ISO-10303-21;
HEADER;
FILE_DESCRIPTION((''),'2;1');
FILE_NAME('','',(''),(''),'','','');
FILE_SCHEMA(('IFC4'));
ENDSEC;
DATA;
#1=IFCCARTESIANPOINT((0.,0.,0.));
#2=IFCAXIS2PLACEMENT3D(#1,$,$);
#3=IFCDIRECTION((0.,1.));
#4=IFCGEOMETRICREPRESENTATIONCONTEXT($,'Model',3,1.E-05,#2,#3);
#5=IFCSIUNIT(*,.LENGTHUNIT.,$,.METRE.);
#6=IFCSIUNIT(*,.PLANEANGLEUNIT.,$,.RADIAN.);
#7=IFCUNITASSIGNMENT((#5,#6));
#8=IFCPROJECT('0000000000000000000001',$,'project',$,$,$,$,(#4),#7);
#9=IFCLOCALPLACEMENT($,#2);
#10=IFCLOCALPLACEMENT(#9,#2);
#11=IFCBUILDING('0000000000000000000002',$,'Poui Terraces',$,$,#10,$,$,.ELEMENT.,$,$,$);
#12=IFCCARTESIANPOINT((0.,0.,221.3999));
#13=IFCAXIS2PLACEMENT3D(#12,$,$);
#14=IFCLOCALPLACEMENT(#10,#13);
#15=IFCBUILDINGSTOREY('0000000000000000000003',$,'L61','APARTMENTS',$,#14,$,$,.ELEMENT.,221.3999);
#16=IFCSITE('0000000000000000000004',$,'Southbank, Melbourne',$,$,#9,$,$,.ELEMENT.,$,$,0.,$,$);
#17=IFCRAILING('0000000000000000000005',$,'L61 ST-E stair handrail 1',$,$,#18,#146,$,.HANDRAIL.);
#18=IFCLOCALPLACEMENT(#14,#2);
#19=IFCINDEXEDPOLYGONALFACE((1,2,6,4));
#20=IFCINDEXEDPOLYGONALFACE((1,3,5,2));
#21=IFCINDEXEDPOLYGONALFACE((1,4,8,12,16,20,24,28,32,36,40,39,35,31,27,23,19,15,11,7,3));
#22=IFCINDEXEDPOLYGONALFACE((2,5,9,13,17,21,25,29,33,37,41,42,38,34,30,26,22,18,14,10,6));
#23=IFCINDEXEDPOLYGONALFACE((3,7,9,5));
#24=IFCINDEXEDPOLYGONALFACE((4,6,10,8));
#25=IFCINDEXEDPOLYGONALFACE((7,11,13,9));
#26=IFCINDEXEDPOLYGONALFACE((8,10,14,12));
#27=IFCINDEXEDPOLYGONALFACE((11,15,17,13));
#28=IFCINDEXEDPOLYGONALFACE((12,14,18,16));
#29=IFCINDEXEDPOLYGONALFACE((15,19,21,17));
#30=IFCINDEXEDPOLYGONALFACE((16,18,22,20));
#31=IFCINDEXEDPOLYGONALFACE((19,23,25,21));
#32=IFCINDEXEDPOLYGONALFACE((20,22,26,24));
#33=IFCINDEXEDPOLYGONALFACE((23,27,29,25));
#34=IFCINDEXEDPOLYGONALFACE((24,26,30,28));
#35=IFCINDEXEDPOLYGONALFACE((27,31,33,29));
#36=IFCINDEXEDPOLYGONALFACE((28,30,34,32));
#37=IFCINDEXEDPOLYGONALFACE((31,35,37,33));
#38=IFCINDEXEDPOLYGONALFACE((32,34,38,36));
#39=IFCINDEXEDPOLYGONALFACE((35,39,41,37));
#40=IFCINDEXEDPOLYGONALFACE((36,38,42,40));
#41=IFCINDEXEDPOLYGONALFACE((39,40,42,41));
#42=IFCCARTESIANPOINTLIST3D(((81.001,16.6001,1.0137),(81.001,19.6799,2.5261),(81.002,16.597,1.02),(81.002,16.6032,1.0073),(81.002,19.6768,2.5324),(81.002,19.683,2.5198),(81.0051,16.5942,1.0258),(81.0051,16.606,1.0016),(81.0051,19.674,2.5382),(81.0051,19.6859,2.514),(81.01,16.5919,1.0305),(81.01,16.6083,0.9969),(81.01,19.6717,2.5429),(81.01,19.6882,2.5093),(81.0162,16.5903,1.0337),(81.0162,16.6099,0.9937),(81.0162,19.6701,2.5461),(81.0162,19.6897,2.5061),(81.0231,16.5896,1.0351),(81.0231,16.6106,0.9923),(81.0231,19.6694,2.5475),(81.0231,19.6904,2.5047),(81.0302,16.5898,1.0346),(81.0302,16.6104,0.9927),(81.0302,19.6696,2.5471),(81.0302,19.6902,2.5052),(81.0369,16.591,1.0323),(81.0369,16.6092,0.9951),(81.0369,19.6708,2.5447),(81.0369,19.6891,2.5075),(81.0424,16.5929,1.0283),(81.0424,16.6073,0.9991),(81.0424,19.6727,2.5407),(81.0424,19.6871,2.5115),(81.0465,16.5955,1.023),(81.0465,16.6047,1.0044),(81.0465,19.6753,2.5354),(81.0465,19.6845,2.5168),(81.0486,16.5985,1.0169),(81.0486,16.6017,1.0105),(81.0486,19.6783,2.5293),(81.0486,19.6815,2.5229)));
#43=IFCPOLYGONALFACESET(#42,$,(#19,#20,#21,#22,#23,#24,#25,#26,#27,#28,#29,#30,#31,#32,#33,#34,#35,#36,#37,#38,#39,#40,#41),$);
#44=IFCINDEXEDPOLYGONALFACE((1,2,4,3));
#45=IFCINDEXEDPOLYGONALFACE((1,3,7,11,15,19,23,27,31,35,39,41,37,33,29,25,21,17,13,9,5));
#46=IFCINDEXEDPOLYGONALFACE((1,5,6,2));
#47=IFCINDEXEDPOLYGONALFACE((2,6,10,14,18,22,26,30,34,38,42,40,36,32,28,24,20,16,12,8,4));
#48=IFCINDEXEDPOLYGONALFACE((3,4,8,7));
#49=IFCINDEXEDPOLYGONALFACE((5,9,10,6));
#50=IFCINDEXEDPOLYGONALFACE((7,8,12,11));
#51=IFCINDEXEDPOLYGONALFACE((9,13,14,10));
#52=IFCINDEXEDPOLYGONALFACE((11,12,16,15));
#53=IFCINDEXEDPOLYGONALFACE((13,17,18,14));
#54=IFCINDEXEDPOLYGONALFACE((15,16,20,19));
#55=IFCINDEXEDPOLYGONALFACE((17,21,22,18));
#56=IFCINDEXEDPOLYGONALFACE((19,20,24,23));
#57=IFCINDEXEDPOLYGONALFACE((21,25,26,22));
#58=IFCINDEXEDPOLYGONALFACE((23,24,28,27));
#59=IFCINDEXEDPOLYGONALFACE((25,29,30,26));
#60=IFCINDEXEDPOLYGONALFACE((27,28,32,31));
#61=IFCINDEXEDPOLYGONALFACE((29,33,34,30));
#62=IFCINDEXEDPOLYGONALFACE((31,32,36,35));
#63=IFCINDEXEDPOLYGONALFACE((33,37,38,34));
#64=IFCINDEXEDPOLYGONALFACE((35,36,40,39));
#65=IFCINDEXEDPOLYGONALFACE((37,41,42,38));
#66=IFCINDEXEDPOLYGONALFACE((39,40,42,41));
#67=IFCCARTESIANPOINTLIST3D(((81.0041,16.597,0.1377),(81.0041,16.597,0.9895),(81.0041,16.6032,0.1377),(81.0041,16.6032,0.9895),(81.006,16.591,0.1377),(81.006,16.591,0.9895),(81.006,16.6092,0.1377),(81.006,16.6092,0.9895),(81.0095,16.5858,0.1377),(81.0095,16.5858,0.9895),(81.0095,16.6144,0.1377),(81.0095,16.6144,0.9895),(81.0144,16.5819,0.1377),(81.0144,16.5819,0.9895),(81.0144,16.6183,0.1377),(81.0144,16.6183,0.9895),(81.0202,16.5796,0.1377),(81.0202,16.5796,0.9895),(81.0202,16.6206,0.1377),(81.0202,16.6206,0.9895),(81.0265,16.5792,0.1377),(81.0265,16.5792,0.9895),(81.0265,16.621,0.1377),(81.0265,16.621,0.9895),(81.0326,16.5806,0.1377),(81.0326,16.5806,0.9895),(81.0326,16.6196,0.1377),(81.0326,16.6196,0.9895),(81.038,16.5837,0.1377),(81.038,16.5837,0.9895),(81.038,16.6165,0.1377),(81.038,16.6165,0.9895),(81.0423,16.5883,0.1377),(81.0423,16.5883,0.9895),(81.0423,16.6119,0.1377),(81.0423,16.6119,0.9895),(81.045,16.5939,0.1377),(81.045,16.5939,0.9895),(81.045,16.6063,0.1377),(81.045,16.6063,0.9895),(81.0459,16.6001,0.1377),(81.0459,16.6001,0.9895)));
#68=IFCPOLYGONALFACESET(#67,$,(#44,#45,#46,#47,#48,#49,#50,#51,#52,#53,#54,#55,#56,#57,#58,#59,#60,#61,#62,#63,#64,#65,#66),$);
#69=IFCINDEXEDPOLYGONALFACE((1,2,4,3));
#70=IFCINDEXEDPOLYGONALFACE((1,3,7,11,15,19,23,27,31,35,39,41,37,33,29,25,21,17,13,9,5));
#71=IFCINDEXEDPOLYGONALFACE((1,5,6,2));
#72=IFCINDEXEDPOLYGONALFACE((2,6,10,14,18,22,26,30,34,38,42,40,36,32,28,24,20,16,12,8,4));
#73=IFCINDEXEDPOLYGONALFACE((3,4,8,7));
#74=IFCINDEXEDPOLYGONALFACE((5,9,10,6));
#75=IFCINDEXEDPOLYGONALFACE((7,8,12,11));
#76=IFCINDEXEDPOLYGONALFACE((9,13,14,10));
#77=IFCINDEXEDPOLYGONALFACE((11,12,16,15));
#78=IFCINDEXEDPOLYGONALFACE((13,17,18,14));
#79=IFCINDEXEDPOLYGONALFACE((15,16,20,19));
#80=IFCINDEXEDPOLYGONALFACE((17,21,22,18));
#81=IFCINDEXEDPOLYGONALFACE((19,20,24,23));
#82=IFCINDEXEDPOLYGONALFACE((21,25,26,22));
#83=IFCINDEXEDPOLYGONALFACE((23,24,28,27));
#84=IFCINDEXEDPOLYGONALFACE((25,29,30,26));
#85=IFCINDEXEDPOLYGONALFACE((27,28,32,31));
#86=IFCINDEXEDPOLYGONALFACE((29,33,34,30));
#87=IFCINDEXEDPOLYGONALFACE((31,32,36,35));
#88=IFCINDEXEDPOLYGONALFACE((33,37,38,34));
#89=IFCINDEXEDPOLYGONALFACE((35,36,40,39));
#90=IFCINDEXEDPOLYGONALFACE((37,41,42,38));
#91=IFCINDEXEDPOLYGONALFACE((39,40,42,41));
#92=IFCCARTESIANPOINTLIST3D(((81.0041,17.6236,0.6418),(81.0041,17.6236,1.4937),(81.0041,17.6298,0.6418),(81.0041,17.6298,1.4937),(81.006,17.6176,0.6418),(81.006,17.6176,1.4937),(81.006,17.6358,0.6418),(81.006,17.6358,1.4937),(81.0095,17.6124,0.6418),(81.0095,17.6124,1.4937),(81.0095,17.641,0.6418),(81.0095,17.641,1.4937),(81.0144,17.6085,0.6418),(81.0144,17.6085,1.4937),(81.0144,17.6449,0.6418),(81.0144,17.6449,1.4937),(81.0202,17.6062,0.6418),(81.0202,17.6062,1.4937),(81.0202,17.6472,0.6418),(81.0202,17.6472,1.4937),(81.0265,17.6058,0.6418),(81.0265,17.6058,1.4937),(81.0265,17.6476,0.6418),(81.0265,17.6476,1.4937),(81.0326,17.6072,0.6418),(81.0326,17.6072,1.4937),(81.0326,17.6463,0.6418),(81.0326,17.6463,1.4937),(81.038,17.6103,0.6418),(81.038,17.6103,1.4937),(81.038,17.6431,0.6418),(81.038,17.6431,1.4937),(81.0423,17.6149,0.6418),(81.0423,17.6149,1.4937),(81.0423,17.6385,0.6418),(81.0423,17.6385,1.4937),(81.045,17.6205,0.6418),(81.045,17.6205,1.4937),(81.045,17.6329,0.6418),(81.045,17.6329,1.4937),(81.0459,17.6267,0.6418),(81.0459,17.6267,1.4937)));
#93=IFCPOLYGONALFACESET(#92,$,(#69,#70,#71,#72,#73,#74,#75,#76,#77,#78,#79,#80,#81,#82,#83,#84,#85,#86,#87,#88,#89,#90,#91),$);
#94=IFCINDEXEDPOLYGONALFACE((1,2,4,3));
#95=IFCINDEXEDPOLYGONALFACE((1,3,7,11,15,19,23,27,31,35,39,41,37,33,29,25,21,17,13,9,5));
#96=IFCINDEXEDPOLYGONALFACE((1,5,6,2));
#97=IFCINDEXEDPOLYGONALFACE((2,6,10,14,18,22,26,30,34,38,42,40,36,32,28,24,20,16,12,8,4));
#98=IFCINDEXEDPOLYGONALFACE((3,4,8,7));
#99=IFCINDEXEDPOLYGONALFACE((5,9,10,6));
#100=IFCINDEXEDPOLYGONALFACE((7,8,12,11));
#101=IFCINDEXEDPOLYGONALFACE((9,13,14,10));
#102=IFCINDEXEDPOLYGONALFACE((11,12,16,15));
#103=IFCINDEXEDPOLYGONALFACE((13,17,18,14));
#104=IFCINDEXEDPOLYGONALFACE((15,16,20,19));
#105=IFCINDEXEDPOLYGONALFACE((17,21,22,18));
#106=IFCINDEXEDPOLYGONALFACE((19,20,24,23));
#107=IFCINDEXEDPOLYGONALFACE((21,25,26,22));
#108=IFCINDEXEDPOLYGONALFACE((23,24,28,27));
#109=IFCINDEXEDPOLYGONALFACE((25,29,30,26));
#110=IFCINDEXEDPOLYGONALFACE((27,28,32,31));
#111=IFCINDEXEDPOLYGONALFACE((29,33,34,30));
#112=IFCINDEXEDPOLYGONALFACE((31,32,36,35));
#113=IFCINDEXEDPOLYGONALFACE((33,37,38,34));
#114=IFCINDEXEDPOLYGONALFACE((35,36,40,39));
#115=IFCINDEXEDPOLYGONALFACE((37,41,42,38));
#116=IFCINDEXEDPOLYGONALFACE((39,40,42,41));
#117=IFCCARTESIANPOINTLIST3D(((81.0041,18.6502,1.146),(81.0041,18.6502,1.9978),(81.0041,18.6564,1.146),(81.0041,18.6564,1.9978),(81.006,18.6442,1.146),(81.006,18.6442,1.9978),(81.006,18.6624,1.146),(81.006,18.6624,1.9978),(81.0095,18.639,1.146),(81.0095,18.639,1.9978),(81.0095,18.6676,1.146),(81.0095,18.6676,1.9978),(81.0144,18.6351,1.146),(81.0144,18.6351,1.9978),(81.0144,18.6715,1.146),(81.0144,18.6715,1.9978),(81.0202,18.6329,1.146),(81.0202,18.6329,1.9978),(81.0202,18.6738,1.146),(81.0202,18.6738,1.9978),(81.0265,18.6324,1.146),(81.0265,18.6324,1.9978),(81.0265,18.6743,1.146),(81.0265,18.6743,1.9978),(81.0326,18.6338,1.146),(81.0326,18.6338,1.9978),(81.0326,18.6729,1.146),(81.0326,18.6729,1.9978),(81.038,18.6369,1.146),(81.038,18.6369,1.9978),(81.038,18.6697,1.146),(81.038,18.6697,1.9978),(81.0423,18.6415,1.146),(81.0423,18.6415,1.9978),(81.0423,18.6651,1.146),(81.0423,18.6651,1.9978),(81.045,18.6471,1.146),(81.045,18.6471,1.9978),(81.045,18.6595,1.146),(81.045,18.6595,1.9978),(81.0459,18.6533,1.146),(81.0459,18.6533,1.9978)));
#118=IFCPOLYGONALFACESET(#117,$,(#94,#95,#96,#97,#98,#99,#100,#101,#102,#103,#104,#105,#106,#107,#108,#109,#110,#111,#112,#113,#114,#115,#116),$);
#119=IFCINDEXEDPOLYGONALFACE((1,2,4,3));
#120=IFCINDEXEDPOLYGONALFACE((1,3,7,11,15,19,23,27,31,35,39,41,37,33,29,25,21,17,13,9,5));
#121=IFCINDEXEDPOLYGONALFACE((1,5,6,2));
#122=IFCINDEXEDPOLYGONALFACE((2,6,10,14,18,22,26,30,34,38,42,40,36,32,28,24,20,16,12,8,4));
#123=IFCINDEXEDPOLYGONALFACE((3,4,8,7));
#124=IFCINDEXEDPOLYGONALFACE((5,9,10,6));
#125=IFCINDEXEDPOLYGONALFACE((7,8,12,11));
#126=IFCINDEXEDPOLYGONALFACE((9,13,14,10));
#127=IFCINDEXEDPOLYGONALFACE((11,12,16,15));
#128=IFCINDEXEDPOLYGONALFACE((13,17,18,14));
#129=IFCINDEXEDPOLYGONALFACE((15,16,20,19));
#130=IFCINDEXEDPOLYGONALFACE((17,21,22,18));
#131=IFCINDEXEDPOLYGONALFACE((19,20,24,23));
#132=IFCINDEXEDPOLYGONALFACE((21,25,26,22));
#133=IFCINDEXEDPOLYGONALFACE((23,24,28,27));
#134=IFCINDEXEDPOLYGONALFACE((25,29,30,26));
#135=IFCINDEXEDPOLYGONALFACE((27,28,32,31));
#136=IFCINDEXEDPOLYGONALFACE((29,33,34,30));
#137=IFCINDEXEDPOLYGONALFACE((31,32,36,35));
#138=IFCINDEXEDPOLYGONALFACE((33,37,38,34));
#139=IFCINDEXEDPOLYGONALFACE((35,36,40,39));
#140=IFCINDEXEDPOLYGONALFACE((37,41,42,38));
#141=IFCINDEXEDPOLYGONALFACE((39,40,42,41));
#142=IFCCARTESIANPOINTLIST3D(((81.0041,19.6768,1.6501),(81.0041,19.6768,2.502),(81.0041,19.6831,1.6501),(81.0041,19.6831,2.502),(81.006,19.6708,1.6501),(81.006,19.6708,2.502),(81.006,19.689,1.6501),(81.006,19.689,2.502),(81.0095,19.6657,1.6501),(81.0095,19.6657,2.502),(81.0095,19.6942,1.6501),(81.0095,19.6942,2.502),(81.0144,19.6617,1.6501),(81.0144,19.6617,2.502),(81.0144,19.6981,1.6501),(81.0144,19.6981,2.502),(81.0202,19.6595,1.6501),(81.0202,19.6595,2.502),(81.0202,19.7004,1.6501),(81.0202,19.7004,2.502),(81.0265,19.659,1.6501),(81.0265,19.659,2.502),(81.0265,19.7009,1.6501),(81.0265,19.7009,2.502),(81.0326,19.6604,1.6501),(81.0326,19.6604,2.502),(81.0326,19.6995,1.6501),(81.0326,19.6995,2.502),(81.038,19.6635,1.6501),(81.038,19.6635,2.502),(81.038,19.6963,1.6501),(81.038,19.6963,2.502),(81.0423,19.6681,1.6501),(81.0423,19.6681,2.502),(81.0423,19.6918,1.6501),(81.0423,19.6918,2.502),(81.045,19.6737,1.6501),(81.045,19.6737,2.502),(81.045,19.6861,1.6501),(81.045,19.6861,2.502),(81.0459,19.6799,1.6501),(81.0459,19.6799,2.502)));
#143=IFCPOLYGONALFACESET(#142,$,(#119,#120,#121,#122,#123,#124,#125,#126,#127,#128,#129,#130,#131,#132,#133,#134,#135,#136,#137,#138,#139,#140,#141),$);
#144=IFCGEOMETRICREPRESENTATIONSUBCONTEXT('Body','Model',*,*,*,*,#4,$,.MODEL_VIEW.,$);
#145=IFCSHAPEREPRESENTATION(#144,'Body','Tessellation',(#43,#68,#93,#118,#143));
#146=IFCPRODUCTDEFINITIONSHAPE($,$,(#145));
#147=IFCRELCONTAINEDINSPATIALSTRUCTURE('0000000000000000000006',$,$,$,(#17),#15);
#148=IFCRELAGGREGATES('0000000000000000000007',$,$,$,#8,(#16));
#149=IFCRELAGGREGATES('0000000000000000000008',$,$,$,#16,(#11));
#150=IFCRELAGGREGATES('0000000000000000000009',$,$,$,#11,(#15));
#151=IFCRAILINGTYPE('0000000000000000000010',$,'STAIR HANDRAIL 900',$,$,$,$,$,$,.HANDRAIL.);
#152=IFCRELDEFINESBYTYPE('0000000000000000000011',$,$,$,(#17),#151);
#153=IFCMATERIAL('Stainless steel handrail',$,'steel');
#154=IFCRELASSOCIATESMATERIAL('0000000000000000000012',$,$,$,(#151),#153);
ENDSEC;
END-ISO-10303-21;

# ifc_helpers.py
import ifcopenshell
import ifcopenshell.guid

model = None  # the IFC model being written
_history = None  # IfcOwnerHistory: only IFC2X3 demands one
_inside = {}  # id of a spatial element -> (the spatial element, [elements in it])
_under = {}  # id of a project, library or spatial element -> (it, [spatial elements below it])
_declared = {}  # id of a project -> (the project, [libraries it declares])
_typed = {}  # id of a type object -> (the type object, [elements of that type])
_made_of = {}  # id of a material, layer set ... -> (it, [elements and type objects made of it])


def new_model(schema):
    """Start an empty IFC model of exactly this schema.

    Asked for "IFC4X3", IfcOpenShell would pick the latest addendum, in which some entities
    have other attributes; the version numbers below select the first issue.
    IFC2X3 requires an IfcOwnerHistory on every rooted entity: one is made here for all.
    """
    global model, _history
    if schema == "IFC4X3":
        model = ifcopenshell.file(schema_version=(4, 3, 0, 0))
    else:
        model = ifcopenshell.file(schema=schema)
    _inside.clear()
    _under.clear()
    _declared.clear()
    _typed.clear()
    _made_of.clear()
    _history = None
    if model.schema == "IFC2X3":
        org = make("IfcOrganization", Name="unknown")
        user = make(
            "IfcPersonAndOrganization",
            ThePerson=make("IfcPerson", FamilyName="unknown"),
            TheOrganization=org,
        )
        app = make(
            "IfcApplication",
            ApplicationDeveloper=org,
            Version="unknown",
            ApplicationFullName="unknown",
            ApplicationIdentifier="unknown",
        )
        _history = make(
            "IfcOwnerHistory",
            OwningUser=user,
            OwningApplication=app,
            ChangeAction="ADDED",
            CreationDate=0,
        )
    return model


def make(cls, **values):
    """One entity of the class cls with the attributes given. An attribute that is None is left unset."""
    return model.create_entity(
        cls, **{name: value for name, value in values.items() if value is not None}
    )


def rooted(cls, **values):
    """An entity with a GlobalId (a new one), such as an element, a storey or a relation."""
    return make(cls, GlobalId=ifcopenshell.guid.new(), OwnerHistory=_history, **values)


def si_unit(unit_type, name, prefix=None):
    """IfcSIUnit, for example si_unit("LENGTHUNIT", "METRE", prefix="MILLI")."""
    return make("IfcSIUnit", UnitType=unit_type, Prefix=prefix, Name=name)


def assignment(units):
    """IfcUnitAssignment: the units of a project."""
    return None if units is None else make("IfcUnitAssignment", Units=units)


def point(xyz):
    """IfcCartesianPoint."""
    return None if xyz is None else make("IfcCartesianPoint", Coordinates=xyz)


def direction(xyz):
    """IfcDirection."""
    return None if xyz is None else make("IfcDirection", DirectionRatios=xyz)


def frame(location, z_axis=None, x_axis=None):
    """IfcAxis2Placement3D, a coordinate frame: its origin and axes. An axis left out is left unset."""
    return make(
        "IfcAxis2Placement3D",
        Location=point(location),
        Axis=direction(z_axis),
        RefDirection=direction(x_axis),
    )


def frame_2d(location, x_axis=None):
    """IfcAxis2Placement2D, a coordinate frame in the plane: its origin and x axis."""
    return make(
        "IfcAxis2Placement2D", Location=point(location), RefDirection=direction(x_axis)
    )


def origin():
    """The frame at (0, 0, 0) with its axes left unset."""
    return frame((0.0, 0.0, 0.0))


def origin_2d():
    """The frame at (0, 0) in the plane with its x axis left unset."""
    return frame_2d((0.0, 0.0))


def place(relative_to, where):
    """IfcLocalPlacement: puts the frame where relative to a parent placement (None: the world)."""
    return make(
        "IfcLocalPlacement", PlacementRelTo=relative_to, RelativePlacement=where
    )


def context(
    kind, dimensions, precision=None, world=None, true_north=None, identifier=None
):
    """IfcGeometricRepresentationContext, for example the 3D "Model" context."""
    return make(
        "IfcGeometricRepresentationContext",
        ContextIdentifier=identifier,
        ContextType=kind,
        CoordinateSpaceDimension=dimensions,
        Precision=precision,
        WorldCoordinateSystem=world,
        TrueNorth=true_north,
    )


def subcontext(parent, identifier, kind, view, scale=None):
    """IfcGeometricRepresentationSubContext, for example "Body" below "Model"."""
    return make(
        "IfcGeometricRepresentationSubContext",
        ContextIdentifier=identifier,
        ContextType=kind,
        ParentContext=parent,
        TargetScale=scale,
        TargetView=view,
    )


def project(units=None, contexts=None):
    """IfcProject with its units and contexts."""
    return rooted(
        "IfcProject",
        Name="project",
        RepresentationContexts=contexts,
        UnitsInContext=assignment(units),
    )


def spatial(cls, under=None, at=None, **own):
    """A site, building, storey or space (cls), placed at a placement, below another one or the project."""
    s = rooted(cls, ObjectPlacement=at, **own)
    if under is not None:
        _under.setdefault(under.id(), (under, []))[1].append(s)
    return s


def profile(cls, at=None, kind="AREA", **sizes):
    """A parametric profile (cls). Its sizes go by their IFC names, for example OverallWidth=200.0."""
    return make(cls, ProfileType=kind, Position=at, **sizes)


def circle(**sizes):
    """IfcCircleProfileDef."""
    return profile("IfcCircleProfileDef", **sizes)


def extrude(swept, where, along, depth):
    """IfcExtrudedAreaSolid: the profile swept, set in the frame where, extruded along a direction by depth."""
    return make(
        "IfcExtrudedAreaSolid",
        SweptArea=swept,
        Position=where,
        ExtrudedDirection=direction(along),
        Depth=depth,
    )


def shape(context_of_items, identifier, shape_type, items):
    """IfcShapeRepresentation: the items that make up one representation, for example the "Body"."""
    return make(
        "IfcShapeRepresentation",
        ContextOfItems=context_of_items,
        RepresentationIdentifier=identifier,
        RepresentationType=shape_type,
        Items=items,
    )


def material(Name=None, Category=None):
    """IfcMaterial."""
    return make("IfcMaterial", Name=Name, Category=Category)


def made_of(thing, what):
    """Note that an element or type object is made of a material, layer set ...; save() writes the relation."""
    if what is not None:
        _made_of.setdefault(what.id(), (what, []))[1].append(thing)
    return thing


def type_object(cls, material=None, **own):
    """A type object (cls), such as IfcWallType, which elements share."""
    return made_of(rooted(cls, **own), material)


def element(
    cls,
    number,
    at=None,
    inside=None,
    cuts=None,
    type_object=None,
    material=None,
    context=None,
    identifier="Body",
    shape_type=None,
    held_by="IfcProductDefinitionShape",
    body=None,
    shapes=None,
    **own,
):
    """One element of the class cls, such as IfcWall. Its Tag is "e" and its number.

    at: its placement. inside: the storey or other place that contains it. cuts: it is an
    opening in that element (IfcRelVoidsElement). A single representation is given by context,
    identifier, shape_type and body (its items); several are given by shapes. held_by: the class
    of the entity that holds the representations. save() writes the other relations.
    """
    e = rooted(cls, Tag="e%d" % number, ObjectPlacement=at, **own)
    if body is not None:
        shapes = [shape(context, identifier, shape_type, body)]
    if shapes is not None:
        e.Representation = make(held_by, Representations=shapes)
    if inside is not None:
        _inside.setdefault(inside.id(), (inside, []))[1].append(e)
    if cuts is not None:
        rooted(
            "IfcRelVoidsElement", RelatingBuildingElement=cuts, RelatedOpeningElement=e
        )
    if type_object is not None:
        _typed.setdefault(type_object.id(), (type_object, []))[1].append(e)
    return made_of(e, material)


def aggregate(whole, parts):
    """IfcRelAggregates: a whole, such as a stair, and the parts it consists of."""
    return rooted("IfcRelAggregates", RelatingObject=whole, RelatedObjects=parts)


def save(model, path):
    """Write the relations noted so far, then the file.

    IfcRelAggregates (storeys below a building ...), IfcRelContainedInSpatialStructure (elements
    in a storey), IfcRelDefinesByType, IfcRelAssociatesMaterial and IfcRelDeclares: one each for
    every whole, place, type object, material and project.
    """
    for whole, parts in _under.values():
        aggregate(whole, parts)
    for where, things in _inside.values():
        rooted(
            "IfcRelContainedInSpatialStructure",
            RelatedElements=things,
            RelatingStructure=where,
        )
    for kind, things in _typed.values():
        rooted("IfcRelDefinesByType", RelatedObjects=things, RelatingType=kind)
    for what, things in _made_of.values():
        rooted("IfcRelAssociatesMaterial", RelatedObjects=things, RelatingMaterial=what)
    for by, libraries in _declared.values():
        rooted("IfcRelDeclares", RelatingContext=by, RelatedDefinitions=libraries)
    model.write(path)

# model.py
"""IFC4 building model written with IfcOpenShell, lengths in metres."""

from ifc_helpers import new_model, si_unit, direction, frame, origin, origin_2d, place, context, subcontext, project, spatial, circle, extrude, material, type_object, element, save


model = new_model("IFC4")

# Units and contexts
model_context = context("Model", 3, precision=1e-05, world=origin(), true_north=direction((0.0, 1.0)))
body_context = subcontext(model_context, "Body", "Model", "MODEL_VIEW")
ifc_project = project(units=[si_unit("LENGTHUNIT", "METRE"), si_unit("PLANEANGLEUNIT", "RADIAN")], contexts=[model_context])

# Site, building, storey
site_placement = place(None, origin())
site = spatial("IfcSite", under=ifc_project, at=site_placement, Name="Southbank, Melbourne", CompositionType="ELEMENT", RefElevation=0.0)
building_placement = place(site_placement, origin())
building = spatial("IfcBuilding", under=site, at=building_placement, Name="Poui Terraces", CompositionType="ELEMENT")
storey_placement = place(building_placement, frame((0.0, 0.0, 221.3999)))
storey = spatial("IfcBuildingStorey", under=building, at=storey_placement, Name="L61", Description="APARTMENTS", CompositionType="ELEMENT", Elevation=221.3999)

# Railing
ifc_material_1 = material(Name="Stainless steel handrail", Category="steel")
railing_type_1 = type_object("IfcRailingType", Name="STAIR HANDRAIL 900", PredefinedType="HANDRAIL", material=ifc_material_1)
for number, where, name in (
    (1, (81.0249, 16.6001, 0.1377), "L61 ST-E stair handrail 1"),
):
    element("IfcRailing", number, at=place(storey_placement, frame(where)), inside=storey, type_object=railing_type_1, Name=name, PredefinedType="HANDRAIL", context=body_context, shape_type="SweptSolid", body=[
        extrude(circle(Radius=0.0239, at=origin_2d()), frame((0.0, 0.0, 0.876), z_axis=(0.0, 0.897606, 0.440798), x_axis=(-1.0, 0.0, 0.0)), (0.0, 0.0, 1.0), 3.4312),
        extrude(circle(Radius=0.021, at=origin_2d()), origin(), (0.0, 0.0, 1.0), 0.8518),
        extrude(circle(Radius=0.021, at=origin_2d()), frame((0.0, 1.0266, 0.5042)), (0.0, 0.0, 1.0), 0.8518),
        extrude(circle(Radius=0.021, at=origin_2d()), frame((0.0, 2.0532, 1.0083)), (0.0, 0.0, 1.0), 0.8518),
        extrude(circle(Radius=0.021, at=origin_2d()), frame((0.0, 3.0798, 1.5125)), (0.0, 0.0, 1.0), 0.8518),
    ])

save(model, "model.ifc")
